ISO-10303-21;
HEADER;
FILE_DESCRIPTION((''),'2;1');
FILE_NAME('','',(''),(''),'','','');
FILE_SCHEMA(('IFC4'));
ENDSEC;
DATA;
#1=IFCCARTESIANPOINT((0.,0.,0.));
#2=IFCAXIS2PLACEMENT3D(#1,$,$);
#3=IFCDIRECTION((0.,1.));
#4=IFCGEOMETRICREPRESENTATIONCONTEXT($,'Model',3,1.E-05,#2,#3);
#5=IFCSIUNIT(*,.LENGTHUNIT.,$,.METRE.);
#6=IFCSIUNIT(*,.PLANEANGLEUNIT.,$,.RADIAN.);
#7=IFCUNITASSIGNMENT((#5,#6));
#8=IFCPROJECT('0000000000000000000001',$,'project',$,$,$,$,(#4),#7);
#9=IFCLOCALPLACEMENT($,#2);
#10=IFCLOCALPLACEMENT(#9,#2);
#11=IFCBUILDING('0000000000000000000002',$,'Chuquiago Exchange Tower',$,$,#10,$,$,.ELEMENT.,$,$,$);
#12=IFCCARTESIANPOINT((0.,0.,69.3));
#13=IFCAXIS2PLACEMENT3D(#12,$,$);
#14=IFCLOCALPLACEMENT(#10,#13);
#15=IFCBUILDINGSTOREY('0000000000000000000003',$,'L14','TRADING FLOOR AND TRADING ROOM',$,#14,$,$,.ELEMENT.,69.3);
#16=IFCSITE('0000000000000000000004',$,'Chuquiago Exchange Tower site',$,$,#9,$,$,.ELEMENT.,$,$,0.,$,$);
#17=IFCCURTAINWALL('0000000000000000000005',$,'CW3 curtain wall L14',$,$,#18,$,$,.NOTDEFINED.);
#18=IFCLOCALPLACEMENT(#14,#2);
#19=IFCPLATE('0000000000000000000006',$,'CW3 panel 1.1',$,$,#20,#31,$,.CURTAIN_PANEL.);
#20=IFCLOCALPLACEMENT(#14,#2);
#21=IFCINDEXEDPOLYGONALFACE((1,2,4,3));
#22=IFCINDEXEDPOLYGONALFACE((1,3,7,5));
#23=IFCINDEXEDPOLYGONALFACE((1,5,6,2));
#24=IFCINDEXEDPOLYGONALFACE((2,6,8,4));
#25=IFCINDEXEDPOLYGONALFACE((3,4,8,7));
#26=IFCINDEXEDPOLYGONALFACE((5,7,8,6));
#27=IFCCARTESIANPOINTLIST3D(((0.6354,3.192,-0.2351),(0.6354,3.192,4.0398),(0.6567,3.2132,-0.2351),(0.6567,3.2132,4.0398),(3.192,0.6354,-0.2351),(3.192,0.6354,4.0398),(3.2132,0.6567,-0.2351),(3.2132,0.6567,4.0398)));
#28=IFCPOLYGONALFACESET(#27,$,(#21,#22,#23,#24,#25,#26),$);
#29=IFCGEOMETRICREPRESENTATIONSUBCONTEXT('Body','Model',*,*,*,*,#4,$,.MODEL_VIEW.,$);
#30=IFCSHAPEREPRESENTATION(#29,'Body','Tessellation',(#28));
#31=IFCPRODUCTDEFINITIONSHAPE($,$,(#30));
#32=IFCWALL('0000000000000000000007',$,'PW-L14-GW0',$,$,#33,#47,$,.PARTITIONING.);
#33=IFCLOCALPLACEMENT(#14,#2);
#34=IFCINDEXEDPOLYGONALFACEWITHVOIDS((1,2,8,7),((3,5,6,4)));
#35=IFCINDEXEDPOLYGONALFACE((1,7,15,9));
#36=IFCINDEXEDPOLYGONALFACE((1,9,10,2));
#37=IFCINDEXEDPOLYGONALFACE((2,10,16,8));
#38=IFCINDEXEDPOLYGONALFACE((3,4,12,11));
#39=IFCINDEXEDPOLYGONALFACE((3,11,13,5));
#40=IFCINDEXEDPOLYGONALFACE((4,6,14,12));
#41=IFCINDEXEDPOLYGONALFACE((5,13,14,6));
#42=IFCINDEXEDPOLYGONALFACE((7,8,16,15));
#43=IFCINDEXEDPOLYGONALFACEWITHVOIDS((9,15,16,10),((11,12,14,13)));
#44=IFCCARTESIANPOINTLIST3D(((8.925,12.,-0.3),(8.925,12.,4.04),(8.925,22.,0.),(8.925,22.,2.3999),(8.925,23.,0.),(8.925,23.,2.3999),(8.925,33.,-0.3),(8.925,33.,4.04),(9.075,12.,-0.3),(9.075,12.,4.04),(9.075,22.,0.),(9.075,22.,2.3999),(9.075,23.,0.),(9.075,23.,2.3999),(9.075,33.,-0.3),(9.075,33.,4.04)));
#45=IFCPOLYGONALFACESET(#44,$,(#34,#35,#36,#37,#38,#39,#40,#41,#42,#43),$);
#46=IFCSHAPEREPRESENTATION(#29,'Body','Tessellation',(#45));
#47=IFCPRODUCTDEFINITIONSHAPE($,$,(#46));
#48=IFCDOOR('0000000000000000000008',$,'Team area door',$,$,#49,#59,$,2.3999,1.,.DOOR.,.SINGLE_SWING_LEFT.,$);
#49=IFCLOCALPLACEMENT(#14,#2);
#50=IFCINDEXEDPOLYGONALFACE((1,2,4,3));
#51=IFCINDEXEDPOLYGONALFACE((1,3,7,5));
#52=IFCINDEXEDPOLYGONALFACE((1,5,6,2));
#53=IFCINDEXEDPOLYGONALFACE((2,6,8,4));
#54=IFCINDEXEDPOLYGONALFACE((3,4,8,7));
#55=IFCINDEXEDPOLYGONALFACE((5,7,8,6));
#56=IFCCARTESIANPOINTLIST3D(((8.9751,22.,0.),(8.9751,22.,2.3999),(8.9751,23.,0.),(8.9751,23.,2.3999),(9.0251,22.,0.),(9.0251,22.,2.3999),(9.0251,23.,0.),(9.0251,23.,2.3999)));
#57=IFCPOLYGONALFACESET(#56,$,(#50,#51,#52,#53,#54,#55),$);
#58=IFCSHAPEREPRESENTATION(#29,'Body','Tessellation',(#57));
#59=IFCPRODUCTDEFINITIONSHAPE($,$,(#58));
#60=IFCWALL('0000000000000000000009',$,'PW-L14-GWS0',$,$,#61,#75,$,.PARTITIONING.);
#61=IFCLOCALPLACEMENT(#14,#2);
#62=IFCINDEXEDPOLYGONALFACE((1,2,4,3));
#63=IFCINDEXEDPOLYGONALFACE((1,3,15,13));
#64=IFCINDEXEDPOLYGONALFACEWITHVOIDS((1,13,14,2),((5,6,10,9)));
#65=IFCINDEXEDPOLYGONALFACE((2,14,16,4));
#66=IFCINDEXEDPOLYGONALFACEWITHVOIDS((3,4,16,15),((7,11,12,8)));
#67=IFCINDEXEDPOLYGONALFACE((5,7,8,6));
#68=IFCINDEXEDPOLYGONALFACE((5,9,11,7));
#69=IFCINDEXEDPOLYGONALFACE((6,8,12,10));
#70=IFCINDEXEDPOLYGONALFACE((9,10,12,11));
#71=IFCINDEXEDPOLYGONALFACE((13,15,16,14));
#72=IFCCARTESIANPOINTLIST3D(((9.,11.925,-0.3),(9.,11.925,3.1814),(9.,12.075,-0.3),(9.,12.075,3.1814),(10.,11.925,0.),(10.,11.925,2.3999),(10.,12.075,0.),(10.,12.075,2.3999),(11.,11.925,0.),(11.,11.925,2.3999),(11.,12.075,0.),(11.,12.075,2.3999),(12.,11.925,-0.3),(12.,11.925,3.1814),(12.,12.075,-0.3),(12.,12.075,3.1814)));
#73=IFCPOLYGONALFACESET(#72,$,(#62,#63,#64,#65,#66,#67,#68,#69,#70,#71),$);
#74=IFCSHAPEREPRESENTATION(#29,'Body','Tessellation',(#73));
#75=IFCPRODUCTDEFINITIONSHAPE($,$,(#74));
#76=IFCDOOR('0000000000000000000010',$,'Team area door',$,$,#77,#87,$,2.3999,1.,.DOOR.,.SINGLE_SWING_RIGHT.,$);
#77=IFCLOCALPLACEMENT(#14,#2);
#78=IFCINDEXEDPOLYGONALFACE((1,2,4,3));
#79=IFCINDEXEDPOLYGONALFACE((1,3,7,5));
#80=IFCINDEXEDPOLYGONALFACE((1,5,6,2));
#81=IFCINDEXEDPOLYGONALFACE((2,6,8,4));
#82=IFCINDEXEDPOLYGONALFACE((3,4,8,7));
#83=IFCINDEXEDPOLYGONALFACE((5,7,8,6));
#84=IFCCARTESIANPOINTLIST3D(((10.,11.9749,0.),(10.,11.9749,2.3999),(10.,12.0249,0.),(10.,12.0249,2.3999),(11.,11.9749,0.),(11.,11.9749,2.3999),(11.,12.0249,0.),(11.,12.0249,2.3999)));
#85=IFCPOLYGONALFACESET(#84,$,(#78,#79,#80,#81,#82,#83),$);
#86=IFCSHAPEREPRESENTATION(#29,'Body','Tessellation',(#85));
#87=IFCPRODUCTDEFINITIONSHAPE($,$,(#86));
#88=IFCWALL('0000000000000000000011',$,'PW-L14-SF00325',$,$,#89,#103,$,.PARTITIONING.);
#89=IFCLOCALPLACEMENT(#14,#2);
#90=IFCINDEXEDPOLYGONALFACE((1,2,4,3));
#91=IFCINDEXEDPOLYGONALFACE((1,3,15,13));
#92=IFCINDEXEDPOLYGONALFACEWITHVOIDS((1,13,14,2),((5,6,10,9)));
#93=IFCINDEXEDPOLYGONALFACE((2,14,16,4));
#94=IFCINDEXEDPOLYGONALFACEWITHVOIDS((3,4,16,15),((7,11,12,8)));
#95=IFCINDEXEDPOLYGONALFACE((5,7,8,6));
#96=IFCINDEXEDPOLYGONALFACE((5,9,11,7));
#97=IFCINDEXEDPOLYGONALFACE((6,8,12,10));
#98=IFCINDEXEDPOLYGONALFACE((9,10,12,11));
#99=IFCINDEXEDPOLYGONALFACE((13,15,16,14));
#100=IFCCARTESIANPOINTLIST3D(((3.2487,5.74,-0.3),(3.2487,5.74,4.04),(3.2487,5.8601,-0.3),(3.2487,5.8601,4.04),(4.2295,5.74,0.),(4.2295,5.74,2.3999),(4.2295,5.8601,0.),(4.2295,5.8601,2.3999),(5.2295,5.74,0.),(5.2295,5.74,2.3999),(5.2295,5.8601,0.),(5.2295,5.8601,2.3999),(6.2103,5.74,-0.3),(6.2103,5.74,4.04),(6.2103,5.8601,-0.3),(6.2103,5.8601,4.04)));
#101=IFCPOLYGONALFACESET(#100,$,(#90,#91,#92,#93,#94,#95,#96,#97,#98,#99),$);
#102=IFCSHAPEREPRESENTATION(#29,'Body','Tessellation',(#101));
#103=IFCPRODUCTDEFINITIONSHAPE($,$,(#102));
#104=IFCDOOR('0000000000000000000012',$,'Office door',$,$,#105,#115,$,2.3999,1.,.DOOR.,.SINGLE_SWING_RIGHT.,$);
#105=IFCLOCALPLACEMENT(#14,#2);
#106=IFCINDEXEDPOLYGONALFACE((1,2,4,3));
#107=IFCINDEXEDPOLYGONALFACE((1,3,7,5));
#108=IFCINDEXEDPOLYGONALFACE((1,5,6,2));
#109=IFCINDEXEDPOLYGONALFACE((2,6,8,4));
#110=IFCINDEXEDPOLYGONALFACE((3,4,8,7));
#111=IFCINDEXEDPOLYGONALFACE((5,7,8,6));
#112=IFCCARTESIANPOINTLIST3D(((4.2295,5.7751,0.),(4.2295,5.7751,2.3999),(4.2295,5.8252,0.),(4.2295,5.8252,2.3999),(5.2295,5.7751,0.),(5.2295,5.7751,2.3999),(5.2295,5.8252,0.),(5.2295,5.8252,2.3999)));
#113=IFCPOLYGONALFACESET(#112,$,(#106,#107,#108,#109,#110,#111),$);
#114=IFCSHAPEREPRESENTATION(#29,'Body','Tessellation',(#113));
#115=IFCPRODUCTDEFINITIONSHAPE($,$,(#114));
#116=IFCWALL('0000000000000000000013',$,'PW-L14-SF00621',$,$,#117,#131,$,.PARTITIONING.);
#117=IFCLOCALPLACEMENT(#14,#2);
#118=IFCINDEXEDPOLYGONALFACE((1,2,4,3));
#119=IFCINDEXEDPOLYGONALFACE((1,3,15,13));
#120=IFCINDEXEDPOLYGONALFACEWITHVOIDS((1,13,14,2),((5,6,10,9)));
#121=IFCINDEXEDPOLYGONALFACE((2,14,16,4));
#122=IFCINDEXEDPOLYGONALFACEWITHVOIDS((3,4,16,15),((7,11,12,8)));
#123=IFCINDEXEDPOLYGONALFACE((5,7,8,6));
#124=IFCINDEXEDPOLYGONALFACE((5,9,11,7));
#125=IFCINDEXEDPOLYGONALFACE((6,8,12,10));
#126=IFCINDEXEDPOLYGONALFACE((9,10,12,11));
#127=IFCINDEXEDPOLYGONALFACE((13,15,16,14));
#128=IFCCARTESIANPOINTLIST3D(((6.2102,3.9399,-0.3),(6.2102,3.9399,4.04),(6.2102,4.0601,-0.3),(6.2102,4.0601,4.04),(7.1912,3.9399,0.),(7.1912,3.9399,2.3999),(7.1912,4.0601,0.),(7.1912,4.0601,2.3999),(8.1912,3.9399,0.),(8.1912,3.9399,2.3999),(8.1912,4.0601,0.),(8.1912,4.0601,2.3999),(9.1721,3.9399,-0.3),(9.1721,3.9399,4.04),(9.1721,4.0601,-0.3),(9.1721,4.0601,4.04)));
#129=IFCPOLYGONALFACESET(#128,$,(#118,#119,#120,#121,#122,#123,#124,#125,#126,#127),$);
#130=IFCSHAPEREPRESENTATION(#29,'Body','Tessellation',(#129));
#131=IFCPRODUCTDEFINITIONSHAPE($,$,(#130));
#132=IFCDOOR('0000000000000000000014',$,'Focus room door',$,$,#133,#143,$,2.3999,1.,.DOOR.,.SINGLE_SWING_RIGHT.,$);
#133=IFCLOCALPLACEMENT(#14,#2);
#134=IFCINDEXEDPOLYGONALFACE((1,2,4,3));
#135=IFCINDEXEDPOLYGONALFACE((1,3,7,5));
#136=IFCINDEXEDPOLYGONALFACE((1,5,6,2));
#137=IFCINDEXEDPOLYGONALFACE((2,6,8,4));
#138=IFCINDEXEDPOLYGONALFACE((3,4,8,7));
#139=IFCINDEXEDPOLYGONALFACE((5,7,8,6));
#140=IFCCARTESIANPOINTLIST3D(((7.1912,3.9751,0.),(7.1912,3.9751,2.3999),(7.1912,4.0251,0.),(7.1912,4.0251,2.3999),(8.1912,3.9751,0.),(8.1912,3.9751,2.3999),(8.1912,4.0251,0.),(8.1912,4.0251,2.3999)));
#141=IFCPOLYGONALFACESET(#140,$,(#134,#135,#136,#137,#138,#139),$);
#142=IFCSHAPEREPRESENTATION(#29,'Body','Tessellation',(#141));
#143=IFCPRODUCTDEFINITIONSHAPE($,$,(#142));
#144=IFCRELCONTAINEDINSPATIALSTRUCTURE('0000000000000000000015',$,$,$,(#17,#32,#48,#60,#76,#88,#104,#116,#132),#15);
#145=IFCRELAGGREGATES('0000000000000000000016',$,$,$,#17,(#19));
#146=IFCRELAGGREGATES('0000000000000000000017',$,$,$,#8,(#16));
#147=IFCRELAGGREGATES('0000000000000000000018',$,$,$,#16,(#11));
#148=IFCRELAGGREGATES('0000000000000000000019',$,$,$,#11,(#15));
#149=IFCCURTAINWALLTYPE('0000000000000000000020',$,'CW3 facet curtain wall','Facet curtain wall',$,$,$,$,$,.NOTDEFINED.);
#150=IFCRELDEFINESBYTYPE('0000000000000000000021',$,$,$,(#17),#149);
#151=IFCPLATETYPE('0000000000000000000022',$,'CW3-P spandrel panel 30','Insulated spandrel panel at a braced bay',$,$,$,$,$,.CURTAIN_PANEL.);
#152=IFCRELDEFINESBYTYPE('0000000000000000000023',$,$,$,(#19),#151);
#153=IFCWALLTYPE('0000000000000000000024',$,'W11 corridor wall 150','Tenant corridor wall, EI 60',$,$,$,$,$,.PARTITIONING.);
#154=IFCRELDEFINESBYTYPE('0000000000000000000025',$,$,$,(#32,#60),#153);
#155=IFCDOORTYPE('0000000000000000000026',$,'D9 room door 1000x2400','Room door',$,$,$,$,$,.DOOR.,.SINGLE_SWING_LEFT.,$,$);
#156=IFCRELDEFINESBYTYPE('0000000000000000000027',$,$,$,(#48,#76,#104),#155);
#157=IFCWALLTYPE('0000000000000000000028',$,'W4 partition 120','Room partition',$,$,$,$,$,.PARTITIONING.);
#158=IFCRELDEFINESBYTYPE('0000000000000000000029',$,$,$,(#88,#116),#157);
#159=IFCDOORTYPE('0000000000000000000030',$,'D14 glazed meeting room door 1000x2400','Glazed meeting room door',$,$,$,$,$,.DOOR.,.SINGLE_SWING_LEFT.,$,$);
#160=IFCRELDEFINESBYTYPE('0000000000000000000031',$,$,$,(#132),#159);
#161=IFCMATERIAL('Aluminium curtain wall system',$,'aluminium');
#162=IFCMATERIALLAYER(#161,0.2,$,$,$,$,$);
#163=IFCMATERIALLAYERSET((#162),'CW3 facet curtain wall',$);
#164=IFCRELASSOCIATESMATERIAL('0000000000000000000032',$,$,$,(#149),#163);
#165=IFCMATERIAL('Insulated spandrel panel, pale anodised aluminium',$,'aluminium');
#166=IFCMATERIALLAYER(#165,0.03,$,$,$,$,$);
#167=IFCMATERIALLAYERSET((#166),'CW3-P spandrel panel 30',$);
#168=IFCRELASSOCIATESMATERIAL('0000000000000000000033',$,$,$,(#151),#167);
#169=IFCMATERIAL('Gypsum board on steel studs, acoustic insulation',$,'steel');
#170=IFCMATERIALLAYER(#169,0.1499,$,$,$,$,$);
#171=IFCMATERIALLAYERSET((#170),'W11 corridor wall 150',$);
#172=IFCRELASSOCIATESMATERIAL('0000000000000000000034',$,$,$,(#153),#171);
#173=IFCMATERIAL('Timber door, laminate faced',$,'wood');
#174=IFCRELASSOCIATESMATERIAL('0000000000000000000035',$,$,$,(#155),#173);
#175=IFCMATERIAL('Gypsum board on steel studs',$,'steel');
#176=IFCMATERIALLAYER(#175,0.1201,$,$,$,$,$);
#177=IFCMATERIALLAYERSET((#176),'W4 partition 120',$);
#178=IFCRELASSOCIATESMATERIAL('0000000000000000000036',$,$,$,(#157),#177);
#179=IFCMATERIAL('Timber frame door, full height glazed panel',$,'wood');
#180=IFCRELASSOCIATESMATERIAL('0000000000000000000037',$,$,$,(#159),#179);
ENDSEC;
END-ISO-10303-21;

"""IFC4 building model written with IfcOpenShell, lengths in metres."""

from ifc_helpers import new_model, si_unit, direction, frame, frame_2d, origin, origin_2d, place, context, subcontext, project, spatial, rectangle, extrude, material, layer, layer_set, type_object, element, fill, aggregate, save


model = new_model("IFC4")

# Units and contexts
model_context = context("Model", 3, precision=1e-05, world=origin(), true_north=direction((0.0, 1.0)))
body_context = subcontext(model_context, "Body", "Model", "MODEL_VIEW")
ifc_project = project(units=[si_unit("LENGTHUNIT", "METRE"), si_unit("PLANEANGLEUNIT", "RADIAN")], contexts=[model_context])

# Site, building, storey
site_placement = place(None, origin())
site = spatial("IfcSite", under=ifc_project, at=site_placement, Name="Chuquiago Exchange Tower site", CompositionType="ELEMENT", RefElevation=0.0)
building_placement = place(site_placement, origin())
building = spatial("IfcBuilding", under=site, at=building_placement, Name="Chuquiago Exchange Tower", CompositionType="ELEMENT")
storey_placement = place(building_placement, frame((0.0, 0.0, 69.3)))
storey = spatial("IfcBuildingStorey", under=building, at=storey_placement, Name="L14", Description="TRADING FLOOR AND TRADING ROOM", CompositionType="ELEMENT", Elevation=69.3)

# Curtain wall
ifc_material_1 = material(Name="Aluminium curtain wall system", Category="aluminium")
ifc_layer_1 = layer(ifc_material_1, 0.2)
ifc_layer_set_1 = layer_set([ifc_layer_1], Name="CW3 facet curtain wall")
curtain_wall_type_1 = type_object("IfcCurtainWallType", Name="CW3 facet curtain wall", Description="Facet curtain wall", PredefinedType="NOTDEFINED", material=ifc_layer_set_1)
curtain_wall_1_placement = place(storey_placement, origin())
curtain_wall_1 = element("IfcCurtainWall", 1, at=curtain_wall_1_placement, inside=storey, type_object=curtain_wall_type_1, Name="CW3 curtain wall L14", PredefinedType="NOTDEFINED")

# Plate
ifc_material_2 = material(Name="Insulated spandrel panel, pale anodised aluminium", Category="aluminium")
ifc_layer_2 = layer(ifc_material_2, 0.03)
ifc_layer_set_2 = layer_set([ifc_layer_2], Name="CW3-P spandrel panel 30")
plate_type_1 = type_object("IfcPlateType", Name="CW3-P spandrel panel 30", Description="Insulated spandrel panel at a braced bay", PredefinedType="CURTAIN_PANEL", material=ifc_layer_set_2)
plate_1_placement = place(storey_placement, frame((1.9243, 1.9243, -0.2351), z_axis=(0.0, 0.0, 1.0), x_axis=(0.707107, -0.707107, 0.0)))
plate_1 = element("IfcPlate", 2, at=plate_1_placement, type_object=plate_type_1, Name="CW3 panel 1.1", PredefinedType="CURTAIN_PANEL", context=body_context, shape_type="SweptSolid", body=[
    extrude(rectangle(XDim=3.6155, YDim=0.03, at=origin_2d()), origin(), (0.0, 0.0, 1.0), 4.2749),
])
aggregate(curtain_wall_1, [plate_1])

# Walls, openings, doors
ifc_material_3 = material(Name="Gypsum board on steel studs, acoustic insulation", Category="steel")
ifc_layer_3 = layer(ifc_material_3, 0.1499)
ifc_layer_set_3 = layer_set([ifc_layer_3], Name="W11 corridor wall 150")
wall_type_1 = type_object("IfcWallType", Name="W11 corridor wall 150", Description="Tenant corridor wall, EI 60", PredefinedType="PARTITIONING", material=ifc_layer_set_3)
wall_1_placement = place(storey_placement, frame((9.0, 12.0, -0.3), z_axis=(0.0, 0.0, 1.0), x_axis=(0.0, 1.0, 0.0)))
wall_1 = element("IfcWall", 3, at=wall_1_placement, inside=storey, type_object=wall_type_1, Name="PW-L14-GW0", PredefinedType="PARTITIONING", context=body_context, shape_type="SweptSolid", body=[
    extrude(rectangle(XDim=21.0, YDim=0.1499, at=frame_2d((10.5, 0.0))), origin(), (0.0, 0.0, 1.0), 4.3401),
])
opening_1_placement = place(wall_1_placement, frame((10.0, 0.0, 0.3)))
opening_1 = element("IfcOpeningElement", 4, at=opening_1_placement, cuts=wall_1, PredefinedType="OPENING", context=body_context, shape_type="SweptSolid", body=[
    extrude(rectangle(XDim=1.0, YDim=2.3999, at=frame_2d((0.5, 1.2))), frame((0.0, 0.085, 0.0), z_axis=(0.0, -1.0, 0.0), x_axis=(1.0, 0.0, 0.0)), (0.0, 0.0, 1.0), 0.1699),
])
ifc_material_4 = material(Name="Timber door, laminate faced", Category="wood")
door_type_1 = type_object("IfcDoorType", Name="D9 room door 1000x2400", Description="Room door", OperationType="SINGLE_SWING_LEFT", PredefinedType="DOOR", material=ifc_material_4)
door_1_placement = place(opening_1_placement, origin())
door_1 = element("IfcDoor", 5, at=door_1_placement, inside=storey, type_object=door_type_1, Name="Team area door", OperationType="SINGLE_SWING_LEFT", OverallHeight=2.3999, OverallWidth=1.0, PredefinedType="DOOR", context=body_context, shape_type="SweptSolid", body=[
    extrude(rectangle(XDim=1.0, YDim=2.3999, at=frame_2d((0.5, 1.2))), frame((0.0, 0.0249, 0.0), z_axis=(0.0, -1.0, 0.0), x_axis=(1.0, 0.0, 0.0)), (0.0, 0.0, 1.0), 0.05),
])
fill(opening_1, door_1)
wall_2_placement = place(storey_placement, frame((9.0, 12.0, -0.3), z_axis=(0.0, 0.0, 1.0), x_axis=(1.0, 0.0, 0.0)))
wall_2 = element("IfcWall", 6, at=wall_2_placement, inside=storey, type_object=wall_type_1, Name="PW-L14-GWS0", PredefinedType="PARTITIONING", context=body_context, shape_type="SweptSolid", body=[
    extrude(rectangle(XDim=3.0, YDim=0.1499, at=frame_2d((1.5, 0.0))), origin(), (0.0, 0.0, 1.0), 3.4814),
])
opening_2_placement = place(wall_2_placement, frame((1.0, 0.0, 0.3)))
opening_2 = element("IfcOpeningElement", 7, at=opening_2_placement, cuts=wall_2, PredefinedType="OPENING", context=body_context, shape_type="SweptSolid", body=[
    extrude(rectangle(XDim=1.0, YDim=2.3999, at=frame_2d((0.5, 1.2))), frame((0.0, 0.085, 0.0), z_axis=(0.0, -1.0, 0.0), x_axis=(1.0, 0.0, 0.0)), (0.0, 0.0, 1.0), 0.1699),
])
door_2_placement = place(opening_2_placement, origin())
door_2 = element("IfcDoor", 8, at=door_2_placement, inside=storey, type_object=door_type_1, Name="Team area door", OperationType="SINGLE_SWING_RIGHT", OverallHeight=2.3999, OverallWidth=1.0, PredefinedType="DOOR", context=body_context, shape_type="SweptSolid", body=[
    extrude(rectangle(XDim=1.0, YDim=2.3999, at=frame_2d((0.5, 1.2))), frame((0.0, 0.0249, 0.0), z_axis=(0.0, -1.0, 0.0), x_axis=(1.0, 0.0, 0.0)), (0.0, 0.0, 1.0), 0.05),
])
fill(opening_2, door_2)
ifc_material_5 = material(Name="Gypsum board on steel studs", Category="steel")
ifc_layer_4 = layer(ifc_material_5, 0.1201)
ifc_layer_set_4 = layer_set([ifc_layer_4], Name="W4 partition 120")
wall_type_2 = type_object("IfcWallType", Name="W4 partition 120", Description="Room partition", PredefinedType="PARTITIONING", material=ifc_layer_set_4)
wall_3_placement = place(storey_placement, frame((3.2485, 5.8, -0.3), z_axis=(0.0, 0.0, 1.0), x_axis=(1.0, 0.0, 0.0)))
wall_3 = element("IfcWall", 9, at=wall_3_placement, inside=storey, type_object=wall_type_2, Name="PW-L14-SF00325", PredefinedType="PARTITIONING", context=body_context, shape_type="SweptSolid", body=[
    extrude(rectangle(XDim=2.9617, YDim=0.1201, at=frame_2d((1.481, 0.0))), origin(), (0.0, 0.0, 1.0), 4.3401),
])
opening_3_placement = place(wall_3_placement, frame((0.981, 0.0, 0.3)))
opening_3 = element("IfcOpeningElement", 10, at=opening_3_placement, cuts=wall_3, PredefinedType="OPENING", context=body_context, shape_type="SweptSolid", body=[
    extrude(rectangle(XDim=1.0, YDim=2.3999, at=frame_2d((0.5, 1.2))), frame((0.0, 0.0701, 0.0), z_axis=(0.0, -1.0, 0.0), x_axis=(1.0, 0.0, 0.0)), (0.0, 0.0, 1.0), 0.1401),
])
door_3_placement = place(opening_3_placement, frame((1.0, 0.0, 0.0), z_axis=(0.0, 0.0, 1.0), x_axis=(-1.0, 0.0, 0.0)))
door_3 = element("IfcDoor", 11, at=door_3_placement, inside=storey, type_object=door_type_1, Name="Office door", OperationType="SINGLE_SWING_RIGHT", OverallHeight=2.3999, OverallWidth=1.0, PredefinedType="DOOR", context=body_context, shape_type="SweptSolid", body=[
    extrude(rectangle(XDim=1.0, YDim=2.3999, at=frame_2d((0.5, 1.2))), frame((0.0, 0.0249, 0.0), z_axis=(0.0, -1.0, 0.0), x_axis=(1.0, 0.0, 0.0)), (0.0, 0.0, 1.0), 0.05),
])
fill(opening_3, door_3)
wall_4_placement = place(storey_placement, frame((6.2102, 4.0, -0.3), z_axis=(0.0, 0.0, 1.0), x_axis=(1.0, 0.0, 0.0)))
wall_4 = element("IfcWall", 12, at=wall_4_placement, inside=storey, type_object=wall_type_2, Name="PW-L14-SF00621", PredefinedType="PARTITIONING", context=body_context, shape_type="SweptSolid", body=[
    extrude(rectangle(XDim=2.9619, YDim=0.1201, at=frame_2d((1.481, 0.0))), origin(), (0.0, 0.0, 1.0), 4.3401),
])
opening_4_placement = place(wall_4_placement, frame((0.981, 0.0, 0.3)))
opening_4 = element("IfcOpeningElement", 13, at=opening_4_placement, cuts=wall_4, PredefinedType="OPENING", context=body_context, shape_type="SweptSolid", body=[
    extrude(rectangle(XDim=1.0, YDim=2.3999, at=frame_2d((0.5, 1.2))), frame((0.0, 0.0701, 0.0), z_axis=(0.0, -1.0, 0.0), x_axis=(1.0, 0.0, 0.0)), (0.0, 0.0, 1.0), 0.1401),
])
ifc_material_6 = material(Name="Timber frame door, full height glazed panel", Category="wood")
door_type_2 = type_object("IfcDoorType", Name="D14 glazed meeting room door 1000x2400", Description="Glazed meeting room door", OperationType="SINGLE_SWING_LEFT", PredefinedType="DOOR", material=ifc_material_6)
door_4_placement = place(opening_4_placement, frame((1.0, 0.0, 0.0), z_axis=(0.0, 0.0, 1.0), x_axis=(-1.0, 0.0, 0.0)))
door_4 = element("IfcDoor", 14, at=door_4_placement, inside=storey, type_object=door_type_2, Name="Focus room door", OperationType="SINGLE_SWING_RIGHT", OverallHeight=2.3999, OverallWidth=1.0, PredefinedType="DOOR", context=body_context, shape_type="SweptSolid", body=[
    extrude(rectangle(XDim=1.0, YDim=2.3999, at=frame_2d((0.5, 1.2))), frame((0.0, 0.0249, 0.0), z_axis=(0.0, -1.0, 0.0), x_axis=(1.0, 0.0, 0.0)), (0.0, 0.0, 1.0), 0.05),
])
fill(opening_4, door_4)

save(model, "model.ifc")
